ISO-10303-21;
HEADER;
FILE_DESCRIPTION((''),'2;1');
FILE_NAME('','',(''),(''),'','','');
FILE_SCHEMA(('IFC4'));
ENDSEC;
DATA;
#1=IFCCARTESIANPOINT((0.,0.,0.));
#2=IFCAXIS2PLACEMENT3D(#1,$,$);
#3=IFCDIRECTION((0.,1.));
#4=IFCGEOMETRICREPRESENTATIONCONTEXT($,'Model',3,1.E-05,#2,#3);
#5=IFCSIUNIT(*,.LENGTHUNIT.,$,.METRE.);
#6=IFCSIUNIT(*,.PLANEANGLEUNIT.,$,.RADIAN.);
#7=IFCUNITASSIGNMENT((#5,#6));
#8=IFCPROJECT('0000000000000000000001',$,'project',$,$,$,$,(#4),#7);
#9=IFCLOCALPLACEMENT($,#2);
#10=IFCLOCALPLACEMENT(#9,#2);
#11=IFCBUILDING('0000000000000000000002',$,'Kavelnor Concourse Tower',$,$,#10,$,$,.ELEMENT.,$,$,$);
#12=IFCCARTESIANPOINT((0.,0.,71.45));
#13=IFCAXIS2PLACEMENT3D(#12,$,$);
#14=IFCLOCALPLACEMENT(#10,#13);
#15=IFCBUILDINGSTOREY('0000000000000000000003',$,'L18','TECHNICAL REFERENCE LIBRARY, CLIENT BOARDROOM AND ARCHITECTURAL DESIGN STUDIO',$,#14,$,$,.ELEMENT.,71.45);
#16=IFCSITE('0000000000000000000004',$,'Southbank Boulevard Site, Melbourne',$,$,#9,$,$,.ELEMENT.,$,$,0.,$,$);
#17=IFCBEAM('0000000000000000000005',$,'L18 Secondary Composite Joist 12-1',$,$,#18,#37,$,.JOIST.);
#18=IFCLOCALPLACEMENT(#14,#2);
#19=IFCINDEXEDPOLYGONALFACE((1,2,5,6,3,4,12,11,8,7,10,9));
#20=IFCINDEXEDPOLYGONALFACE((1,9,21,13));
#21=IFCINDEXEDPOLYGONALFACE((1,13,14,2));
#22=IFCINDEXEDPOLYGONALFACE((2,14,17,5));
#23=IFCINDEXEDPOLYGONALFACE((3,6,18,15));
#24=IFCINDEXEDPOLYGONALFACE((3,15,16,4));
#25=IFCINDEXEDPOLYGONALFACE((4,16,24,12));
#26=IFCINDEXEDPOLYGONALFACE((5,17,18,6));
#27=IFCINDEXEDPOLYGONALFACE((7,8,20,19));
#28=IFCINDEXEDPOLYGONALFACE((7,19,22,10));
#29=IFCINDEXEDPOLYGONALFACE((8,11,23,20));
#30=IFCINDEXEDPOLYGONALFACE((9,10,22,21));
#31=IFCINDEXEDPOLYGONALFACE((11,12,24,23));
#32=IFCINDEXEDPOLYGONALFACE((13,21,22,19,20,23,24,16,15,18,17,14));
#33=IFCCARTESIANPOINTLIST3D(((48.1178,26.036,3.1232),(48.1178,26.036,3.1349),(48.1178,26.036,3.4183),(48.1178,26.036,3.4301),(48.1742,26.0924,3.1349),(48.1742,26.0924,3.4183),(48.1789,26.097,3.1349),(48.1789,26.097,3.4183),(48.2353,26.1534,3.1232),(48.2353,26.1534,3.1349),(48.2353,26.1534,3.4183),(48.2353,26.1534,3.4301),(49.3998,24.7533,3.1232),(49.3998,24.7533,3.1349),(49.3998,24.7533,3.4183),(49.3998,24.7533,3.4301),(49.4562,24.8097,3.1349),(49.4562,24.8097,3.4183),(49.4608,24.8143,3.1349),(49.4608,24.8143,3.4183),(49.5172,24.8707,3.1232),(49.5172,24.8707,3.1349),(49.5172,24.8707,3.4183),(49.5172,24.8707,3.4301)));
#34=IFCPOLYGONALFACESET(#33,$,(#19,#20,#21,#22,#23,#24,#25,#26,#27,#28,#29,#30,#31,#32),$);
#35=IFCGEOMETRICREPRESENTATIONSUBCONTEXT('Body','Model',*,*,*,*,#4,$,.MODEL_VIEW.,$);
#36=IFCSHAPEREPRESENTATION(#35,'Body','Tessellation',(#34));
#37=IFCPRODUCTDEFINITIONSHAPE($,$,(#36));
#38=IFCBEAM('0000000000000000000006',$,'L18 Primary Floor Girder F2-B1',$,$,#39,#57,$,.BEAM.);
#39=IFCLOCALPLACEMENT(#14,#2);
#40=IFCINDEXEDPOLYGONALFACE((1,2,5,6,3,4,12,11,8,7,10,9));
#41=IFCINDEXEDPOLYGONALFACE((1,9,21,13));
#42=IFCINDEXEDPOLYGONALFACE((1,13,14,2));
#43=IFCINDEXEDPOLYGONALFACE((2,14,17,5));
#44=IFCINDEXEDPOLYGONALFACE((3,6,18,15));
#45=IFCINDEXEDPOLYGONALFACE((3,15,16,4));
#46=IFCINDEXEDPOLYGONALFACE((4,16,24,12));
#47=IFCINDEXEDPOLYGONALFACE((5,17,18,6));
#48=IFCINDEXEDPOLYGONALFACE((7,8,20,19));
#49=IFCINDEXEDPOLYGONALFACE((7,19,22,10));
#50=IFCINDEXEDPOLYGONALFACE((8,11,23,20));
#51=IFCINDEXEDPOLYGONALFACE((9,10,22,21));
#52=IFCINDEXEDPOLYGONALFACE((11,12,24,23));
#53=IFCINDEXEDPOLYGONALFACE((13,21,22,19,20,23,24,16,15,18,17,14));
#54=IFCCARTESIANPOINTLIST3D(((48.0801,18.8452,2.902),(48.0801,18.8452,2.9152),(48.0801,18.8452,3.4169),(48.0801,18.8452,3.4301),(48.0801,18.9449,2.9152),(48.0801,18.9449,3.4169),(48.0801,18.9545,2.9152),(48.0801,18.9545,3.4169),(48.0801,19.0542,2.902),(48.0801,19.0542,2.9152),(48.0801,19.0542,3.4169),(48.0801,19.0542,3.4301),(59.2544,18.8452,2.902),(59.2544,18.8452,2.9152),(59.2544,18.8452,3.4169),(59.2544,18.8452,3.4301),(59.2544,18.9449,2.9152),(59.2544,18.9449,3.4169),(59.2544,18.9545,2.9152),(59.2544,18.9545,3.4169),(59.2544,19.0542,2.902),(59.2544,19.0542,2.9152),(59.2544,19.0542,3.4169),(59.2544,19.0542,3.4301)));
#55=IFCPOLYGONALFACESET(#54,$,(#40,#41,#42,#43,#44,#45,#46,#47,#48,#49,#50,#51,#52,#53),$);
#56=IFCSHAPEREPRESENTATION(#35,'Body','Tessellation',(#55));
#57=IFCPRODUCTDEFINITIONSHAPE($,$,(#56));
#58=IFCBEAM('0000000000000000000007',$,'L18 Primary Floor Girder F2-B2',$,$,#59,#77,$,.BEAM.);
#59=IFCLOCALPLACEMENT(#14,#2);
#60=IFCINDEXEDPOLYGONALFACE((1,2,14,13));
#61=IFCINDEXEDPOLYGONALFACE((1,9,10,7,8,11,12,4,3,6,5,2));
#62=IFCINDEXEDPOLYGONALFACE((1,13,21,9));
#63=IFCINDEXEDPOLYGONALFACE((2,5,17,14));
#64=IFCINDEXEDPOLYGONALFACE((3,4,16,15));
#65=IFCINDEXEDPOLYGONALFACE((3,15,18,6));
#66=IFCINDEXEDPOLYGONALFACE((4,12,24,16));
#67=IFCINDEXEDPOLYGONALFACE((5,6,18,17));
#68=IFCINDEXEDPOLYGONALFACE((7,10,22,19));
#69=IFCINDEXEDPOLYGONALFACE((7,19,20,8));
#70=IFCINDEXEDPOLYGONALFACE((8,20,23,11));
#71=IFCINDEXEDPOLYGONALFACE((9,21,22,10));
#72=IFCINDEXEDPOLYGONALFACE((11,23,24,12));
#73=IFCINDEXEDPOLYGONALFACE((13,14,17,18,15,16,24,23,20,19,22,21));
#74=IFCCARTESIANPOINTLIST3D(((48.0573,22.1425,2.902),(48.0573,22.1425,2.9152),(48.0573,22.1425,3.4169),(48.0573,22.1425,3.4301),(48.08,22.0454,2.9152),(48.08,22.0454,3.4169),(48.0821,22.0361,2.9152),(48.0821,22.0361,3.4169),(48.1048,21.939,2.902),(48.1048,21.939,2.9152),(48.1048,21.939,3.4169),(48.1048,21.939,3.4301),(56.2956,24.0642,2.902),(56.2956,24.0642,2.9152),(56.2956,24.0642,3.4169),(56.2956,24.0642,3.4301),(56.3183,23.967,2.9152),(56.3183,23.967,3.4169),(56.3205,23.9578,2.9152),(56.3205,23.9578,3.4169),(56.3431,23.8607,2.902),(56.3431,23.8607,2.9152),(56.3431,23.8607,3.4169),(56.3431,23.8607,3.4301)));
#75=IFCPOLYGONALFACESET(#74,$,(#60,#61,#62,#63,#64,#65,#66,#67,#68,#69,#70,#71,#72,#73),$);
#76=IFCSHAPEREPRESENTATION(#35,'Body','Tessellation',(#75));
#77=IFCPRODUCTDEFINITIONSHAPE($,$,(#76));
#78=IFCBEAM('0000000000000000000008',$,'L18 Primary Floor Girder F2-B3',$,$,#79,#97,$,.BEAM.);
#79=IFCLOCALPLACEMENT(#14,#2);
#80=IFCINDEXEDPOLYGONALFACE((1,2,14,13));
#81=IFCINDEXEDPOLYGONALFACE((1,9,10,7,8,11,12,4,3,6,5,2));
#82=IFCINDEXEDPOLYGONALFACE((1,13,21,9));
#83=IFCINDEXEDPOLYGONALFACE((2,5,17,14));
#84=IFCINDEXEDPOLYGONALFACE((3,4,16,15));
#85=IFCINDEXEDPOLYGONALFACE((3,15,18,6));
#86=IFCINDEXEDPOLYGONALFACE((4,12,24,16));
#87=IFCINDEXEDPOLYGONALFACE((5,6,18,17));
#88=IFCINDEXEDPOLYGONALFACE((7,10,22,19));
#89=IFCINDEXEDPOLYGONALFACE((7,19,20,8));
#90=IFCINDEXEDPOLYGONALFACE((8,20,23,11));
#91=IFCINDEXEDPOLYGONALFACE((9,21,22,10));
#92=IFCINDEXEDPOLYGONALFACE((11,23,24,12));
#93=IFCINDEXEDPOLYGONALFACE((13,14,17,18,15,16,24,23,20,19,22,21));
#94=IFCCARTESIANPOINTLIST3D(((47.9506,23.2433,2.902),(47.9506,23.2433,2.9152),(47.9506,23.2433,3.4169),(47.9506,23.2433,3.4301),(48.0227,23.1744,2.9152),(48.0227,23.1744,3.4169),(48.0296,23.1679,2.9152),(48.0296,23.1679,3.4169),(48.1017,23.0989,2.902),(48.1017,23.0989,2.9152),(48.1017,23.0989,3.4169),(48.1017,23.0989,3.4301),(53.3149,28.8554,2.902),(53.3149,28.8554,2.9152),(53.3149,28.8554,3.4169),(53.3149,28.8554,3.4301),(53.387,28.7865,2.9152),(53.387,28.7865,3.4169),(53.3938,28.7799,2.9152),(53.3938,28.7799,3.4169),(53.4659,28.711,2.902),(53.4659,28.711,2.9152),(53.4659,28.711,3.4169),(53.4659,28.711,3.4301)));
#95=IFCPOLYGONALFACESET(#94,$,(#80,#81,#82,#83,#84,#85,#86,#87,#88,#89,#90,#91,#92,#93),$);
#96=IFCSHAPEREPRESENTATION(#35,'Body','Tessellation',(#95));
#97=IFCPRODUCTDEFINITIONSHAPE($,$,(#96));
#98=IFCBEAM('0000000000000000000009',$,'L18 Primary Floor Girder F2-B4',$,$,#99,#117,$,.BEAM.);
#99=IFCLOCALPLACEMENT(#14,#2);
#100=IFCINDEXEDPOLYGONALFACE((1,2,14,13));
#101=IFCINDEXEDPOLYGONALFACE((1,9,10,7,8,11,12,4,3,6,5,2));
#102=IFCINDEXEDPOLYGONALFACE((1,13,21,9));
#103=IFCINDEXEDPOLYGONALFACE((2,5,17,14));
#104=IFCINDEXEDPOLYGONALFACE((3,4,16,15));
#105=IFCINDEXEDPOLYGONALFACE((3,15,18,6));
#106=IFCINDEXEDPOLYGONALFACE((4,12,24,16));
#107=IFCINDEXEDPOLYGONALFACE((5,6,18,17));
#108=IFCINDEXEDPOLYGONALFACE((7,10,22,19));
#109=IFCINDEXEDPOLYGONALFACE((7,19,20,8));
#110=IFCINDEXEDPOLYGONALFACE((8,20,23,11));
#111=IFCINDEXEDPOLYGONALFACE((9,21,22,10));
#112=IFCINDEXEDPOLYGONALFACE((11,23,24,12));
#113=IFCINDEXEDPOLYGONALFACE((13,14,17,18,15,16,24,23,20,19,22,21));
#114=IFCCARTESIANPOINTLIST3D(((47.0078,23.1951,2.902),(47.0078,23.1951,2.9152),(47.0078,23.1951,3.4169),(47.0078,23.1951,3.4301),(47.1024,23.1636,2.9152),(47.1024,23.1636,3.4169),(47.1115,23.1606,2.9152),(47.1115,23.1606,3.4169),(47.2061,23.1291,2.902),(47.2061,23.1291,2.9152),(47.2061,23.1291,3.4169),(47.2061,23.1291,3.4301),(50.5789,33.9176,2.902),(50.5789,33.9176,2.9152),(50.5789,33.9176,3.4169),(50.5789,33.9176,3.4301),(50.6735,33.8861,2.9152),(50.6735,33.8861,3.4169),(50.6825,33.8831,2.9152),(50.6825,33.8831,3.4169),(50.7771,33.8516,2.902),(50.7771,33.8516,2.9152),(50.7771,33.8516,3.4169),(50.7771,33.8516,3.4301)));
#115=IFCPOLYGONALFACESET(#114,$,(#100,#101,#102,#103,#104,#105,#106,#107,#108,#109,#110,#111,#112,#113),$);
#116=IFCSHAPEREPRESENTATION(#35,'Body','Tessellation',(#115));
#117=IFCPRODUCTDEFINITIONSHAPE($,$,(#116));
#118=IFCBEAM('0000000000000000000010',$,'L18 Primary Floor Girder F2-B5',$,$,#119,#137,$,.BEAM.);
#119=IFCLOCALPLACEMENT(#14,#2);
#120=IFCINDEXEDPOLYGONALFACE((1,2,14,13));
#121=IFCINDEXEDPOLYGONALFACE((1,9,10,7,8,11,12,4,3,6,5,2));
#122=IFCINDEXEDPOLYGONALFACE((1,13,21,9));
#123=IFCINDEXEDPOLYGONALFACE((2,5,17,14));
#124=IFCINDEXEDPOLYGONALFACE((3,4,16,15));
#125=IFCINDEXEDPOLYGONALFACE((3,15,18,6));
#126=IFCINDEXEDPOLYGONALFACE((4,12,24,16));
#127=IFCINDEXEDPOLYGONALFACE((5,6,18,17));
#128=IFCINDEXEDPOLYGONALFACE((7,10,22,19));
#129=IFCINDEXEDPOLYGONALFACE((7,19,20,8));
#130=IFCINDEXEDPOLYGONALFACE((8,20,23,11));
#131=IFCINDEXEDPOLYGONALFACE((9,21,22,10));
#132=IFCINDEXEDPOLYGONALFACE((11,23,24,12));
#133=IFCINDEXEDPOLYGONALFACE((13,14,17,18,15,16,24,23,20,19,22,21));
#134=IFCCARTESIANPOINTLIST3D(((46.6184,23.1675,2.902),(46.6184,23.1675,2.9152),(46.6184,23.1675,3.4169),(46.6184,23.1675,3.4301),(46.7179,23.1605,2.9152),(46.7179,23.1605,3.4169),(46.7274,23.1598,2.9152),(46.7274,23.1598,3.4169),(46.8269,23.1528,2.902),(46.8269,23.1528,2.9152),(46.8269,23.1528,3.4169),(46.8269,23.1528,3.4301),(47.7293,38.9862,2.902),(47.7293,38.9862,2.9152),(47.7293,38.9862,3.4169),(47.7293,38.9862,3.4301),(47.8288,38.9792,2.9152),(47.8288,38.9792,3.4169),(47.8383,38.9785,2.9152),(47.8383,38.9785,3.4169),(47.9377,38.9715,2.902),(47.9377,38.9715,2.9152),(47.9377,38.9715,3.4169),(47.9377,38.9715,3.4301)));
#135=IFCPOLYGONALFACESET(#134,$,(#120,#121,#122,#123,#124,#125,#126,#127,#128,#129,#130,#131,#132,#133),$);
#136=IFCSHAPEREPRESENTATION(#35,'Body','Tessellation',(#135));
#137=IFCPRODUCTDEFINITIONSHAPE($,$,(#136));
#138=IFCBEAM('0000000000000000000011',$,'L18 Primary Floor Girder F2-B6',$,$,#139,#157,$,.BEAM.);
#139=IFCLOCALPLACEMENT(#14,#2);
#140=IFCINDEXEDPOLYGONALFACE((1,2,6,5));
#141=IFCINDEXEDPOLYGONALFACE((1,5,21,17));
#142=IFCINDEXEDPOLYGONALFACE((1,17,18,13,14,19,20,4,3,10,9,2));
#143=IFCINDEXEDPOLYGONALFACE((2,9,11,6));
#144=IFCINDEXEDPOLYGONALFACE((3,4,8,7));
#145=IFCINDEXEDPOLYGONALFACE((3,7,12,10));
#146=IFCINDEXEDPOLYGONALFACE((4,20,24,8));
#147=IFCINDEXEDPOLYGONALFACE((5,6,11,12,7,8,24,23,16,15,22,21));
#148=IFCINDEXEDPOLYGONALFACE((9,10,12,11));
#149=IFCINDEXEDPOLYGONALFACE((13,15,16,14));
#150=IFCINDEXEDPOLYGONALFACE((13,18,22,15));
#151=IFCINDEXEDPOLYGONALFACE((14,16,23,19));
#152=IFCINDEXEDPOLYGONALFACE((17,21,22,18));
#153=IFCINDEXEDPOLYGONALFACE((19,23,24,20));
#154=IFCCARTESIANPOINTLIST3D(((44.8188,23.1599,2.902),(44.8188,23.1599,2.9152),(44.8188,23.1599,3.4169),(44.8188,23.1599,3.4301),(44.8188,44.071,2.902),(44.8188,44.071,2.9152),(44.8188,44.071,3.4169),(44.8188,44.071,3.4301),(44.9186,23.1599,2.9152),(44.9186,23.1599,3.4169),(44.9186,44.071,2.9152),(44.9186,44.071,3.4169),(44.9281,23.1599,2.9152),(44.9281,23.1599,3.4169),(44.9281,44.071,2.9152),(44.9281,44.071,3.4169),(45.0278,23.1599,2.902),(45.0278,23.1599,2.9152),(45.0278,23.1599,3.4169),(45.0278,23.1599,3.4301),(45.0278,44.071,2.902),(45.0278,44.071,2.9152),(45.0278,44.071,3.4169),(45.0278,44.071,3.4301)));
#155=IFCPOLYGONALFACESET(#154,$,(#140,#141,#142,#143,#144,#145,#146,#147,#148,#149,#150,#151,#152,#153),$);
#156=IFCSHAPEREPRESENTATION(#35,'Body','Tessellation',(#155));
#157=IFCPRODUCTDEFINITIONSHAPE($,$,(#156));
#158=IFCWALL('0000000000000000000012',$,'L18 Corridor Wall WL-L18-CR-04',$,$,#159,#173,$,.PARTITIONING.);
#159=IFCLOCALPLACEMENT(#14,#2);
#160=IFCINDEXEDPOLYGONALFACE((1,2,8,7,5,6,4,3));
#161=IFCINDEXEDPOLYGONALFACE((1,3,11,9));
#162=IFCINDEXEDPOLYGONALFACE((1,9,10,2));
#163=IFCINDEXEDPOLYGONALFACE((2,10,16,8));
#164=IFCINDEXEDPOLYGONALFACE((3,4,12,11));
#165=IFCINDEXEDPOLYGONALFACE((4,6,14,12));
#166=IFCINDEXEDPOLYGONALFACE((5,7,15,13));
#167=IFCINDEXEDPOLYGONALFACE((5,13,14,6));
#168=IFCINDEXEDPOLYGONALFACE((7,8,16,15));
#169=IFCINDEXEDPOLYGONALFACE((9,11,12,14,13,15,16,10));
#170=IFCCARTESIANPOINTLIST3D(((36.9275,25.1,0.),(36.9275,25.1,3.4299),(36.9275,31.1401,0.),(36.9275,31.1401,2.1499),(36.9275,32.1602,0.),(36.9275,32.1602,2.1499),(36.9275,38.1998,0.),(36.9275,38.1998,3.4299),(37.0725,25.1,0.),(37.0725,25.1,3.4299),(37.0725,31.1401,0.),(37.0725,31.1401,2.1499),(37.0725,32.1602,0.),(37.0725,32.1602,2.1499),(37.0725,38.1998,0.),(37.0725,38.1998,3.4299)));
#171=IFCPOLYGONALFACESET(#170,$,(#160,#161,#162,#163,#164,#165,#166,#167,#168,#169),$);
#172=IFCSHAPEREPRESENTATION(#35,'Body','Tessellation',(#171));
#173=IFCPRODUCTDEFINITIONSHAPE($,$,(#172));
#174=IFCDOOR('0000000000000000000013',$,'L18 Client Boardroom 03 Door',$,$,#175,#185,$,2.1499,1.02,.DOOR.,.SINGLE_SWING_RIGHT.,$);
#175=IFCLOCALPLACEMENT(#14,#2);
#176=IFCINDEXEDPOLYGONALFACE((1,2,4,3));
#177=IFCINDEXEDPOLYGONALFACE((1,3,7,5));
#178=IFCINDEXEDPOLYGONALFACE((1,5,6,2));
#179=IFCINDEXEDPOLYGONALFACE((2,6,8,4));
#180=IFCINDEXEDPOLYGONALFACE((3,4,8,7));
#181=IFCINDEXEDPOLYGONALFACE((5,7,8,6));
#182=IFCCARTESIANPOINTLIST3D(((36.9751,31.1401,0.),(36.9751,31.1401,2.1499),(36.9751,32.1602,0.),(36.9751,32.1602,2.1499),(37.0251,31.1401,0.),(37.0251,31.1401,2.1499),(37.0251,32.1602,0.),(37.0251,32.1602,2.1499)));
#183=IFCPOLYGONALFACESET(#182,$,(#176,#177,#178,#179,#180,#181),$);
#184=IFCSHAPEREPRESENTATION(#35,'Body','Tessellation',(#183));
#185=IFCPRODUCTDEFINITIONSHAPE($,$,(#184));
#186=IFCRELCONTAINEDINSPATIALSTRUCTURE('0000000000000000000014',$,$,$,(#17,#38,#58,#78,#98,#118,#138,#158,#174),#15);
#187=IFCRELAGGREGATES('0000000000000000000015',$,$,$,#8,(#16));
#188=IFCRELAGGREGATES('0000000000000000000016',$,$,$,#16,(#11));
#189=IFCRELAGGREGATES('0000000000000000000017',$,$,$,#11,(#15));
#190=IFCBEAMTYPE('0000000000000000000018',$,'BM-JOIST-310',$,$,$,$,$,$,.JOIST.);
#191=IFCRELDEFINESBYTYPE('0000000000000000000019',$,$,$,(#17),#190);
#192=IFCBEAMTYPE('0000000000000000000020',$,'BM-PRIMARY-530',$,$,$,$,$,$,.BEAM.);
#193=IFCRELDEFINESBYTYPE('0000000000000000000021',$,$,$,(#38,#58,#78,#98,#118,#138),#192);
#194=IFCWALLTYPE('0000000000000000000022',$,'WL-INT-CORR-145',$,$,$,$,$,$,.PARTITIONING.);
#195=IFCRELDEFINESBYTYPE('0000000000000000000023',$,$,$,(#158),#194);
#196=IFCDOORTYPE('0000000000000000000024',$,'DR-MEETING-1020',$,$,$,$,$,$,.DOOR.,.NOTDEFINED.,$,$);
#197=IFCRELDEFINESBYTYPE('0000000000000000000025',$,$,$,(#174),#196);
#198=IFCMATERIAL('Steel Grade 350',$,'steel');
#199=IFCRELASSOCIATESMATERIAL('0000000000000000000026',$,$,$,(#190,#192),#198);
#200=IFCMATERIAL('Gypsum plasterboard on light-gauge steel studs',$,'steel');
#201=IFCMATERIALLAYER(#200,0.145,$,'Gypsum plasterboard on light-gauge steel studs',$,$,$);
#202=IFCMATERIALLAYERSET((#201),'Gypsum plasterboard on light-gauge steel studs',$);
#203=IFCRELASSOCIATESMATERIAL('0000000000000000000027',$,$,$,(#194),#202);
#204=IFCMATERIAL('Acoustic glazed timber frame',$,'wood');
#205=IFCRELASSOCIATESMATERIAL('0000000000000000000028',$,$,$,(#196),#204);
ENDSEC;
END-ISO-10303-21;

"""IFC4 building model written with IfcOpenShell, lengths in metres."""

from ifc_helpers import new_model, si_unit, direction, frame, frame_2d, origin, origin_2d, place, context, subcontext, project, spatial, rectangle, i_section, extrude, material, layer, layer_set, material_profile, profile_set, type_object, element, fill, save


model = new_model("IFC4")

# Units and contexts
model_context = context("Model", 3, precision=1e-05, world=origin(), true_north=direction((0.0, 1.0)))
body_context = subcontext(model_context, "Body", "Model", "MODEL_VIEW")
ifc_project = project(units=[si_unit("LENGTHUNIT", "METRE"), si_unit("PLANEANGLEUNIT", "RADIAN")], contexts=[model_context])

# Site, building, storey
site_placement = place(None, origin())
site = spatial("IfcSite", under=ifc_project, at=site_placement, Name="Southbank Boulevard Site, Melbourne", CompositionType="ELEMENT", RefElevation=0.0)
building_placement = place(site_placement, origin())
building = spatial("IfcBuilding", under=site, at=building_placement, Name="Kavelnor Concourse Tower", CompositionType="ELEMENT")
storey_placement = place(building_placement, frame((0.0, 0.0, 71.45)))
storey = spatial("IfcBuildingStorey", under=building, at=storey_placement, Name="L18", Description="TECHNICAL REFERENCE LIBRARY, CLIENT BOARDROOM AND ARCHITECTURAL DESIGN STUDIO", CompositionType="ELEMENT", Elevation=71.45)

# Beams
ifc_material_1 = material(Name="Steel Grade 350", Category="steel")
ifc_material_profile_1 = material_profile(ifc_material_1, i_section(OverallWidth=0.166, OverallDepth=0.3069, WebThickness=0.0066, FlangeThickness=0.0117, at=origin_2d()), Name="310UB46")
ifc_profile_set_1 = profile_set([ifc_material_profile_1], Name="Steel Grade 350")
beam_type_1 = type_object("IfcBeamType", Name="BM-JOIST-310", PredefinedType="JOIST", material=ifc_profile_set_1)
beam_1_placement = place(storey_placement, frame((49.4585, 24.812, 3.2766), z_axis=(-0.706905, 0.707309, 0.0), x_axis=(-0.707309, -0.706905, 0.0)))
element("IfcBeam", 1, at=beam_1_placement, inside=storey, type_object=beam_type_1, Name="L18 Secondary Composite Joist 12-1", PredefinedType="JOIST", context=body_context, shape_type="SweptSolid", body=[
    extrude(i_section(OverallWidth=0.166, OverallDepth=0.3069, WebThickness=0.0066, FlangeThickness=0.0117, at=origin_2d()), origin(), (0.0, 0.0, 1.0), 1.8135),
])
ifc_material_profile_2 = material_profile(ifc_material_1, i_section(OverallWidth=0.209, OverallDepth=0.5281, WebThickness=0.0095, FlangeThickness=0.0132, at=origin_2d()), Name="530UB82")
ifc_profile_set_2 = profile_set([ifc_material_profile_2], Name="Steel Grade 350")
beam_type_2 = type_object("IfcBeamType", Name="BM-PRIMARY-530", PredefinedType="BEAM", material=ifc_profile_set_2)
beam_2_placement = place(storey_placement, frame((48.0801, 18.9497, 3.166), z_axis=(1.0, 0.0, 0.0), x_axis=(0.0, 1.0, 0.0)))
element("IfcBeam", 2, at=beam_2_placement, inside=storey, type_object=beam_type_2, Name="L18 Primary Floor Girder F2-B1", PredefinedType="BEAM", context=body_context, shape_type="SweptSolid", body=[
    extrude(i_section(OverallWidth=0.209, OverallDepth=0.5281, WebThickness=0.0095, FlangeThickness=0.0132, at=origin_2d()), origin(), (0.0, 0.0, 1.0), 11.1743),
])
beam_3_placement = place(storey_placement, frame((48.0811, 22.0408, 3.166), z_axis=(0.973858, 0.227158, 0.0), x_axis=(-0.227158, 0.973858, 0.0)))
element("IfcBeam", 3, at=beam_3_placement, inside=storey, type_object=beam_type_2, Name="L18 Primary Floor Girder F2-B2", PredefinedType="BEAM", context=body_context, shape_type="SweptSolid", body=[
    extrude(i_section(OverallWidth=0.209, OverallDepth=0.5281, WebThickness=0.0095, FlangeThickness=0.0132, at=origin_2d()), origin(), (0.0, 0.0, 1.0), 8.4595),
])
beam_4_placement = place(storey_placement, frame((48.0261, 23.1711, 3.166), z_axis=(0.690967, 0.722886, 0.0), x_axis=(-0.722886, 0.690967, 0.0)))
element("IfcBeam", 4, at=beam_4_placement, inside=storey, type_object=beam_type_2, Name="L18 Primary Floor Girder F2-B3", PredefinedType="BEAM", context=body_context, shape_type="SweptSolid", body=[
    extrude(i_section(OverallWidth=0.209, OverallDepth=0.5281, WebThickness=0.0095, FlangeThickness=0.0132, at=origin_2d()), origin(), (0.0, 0.0, 1.0), 7.7634),
])
beam_5_placement = place(storey_placement, frame((47.1069, 23.1621, 3.166), z_axis=(0.315981, 0.948765, 0.0), x_axis=(-0.948765, 0.315981, 0.0)))
element("IfcBeam", 5, at=beam_5_placement, inside=storey, type_object=beam_type_2, Name="L18 Primary Floor Girder F2-B4", PredefinedType="BEAM", context=body_context, shape_type="SweptSolid", body=[
    extrude(i_section(OverallWidth=0.209, OverallDepth=0.5281, WebThickness=0.0095, FlangeThickness=0.0132, at=origin_2d()), origin(), (0.0, 0.0, 1.0), 11.3015),
])
beam_6_placement = place(storey_placement, frame((46.7227, 23.1602, 3.166), z_axis=(0.070051, 0.997543, 0.0), x_axis=(-0.997543, 0.070051, 0.0)))
element("IfcBeam", 6, at=beam_6_placement, inside=storey, type_object=beam_type_2, Name="L18 Primary Floor Girder F2-B5", PredefinedType="BEAM", context=body_context, shape_type="SweptSolid", body=[
    extrude(i_section(OverallWidth=0.209, OverallDepth=0.5281, WebThickness=0.0095, FlangeThickness=0.0132, at=origin_2d()), origin(), (0.0, 0.0, 1.0), 15.8577),
])
beam_7_placement = place(storey_placement, frame((44.9233, 23.1599, 3.166), z_axis=(0.0, 1.0, 0.0), x_axis=(-1.0, 0.0, 0.0)))
element("IfcBeam", 7, at=beam_7_placement, inside=storey, type_object=beam_type_2, Name="L18 Primary Floor Girder F2-B6", PredefinedType="BEAM", context=body_context, shape_type="SweptSolid", body=[
    extrude(i_section(OverallWidth=0.209, OverallDepth=0.5281, WebThickness=0.0095, FlangeThickness=0.0132, at=origin_2d()), origin(), (0.0, 0.0, 1.0), 20.9111),
])

# Wall, opening, door
ifc_material_2 = material(Name="Gypsum plasterboard on light-gauge steel studs", Category="steel")
ifc_layer_1 = layer(ifc_material_2, 0.145, Name="Gypsum plasterboard on light-gauge steel studs")
ifc_layer_set_1 = layer_set([ifc_layer_1], Name="Gypsum plasterboard on light-gauge steel studs")
wall_type_1 = type_object("IfcWallType", Name="WL-INT-CORR-145", PredefinedType="PARTITIONING", material=ifc_layer_set_1)
wall_1_placement = place(storey_placement, frame((37.0, 25.1001, 0.0), z_axis=(0.0, 0.0, 1.0), x_axis=(0.0, 1.0, 0.0)))
wall_1 = element("IfcWall", 8, at=wall_1_placement, inside=storey, type_object=wall_type_1, Name="L18 Corridor Wall WL-L18-CR-04", PredefinedType="PARTITIONING", context=body_context, shape_type="SweptSolid", body=[
    extrude(rectangle(XDim=13.0999, YDim=0.145, at=frame_2d((6.5498, 0.0))), origin(), (0.0, 0.0, 1.0), 3.4299),
])
opening_1_placement = place(wall_1_placement, frame((6.04, 0.0, 0.0)))
opening_1 = element("IfcOpeningElement", 9, at=opening_1_placement, cuts=wall_1, PredefinedType="OPENING", context=body_context, shape_type="SweptSolid", body=[
    extrude(rectangle(XDim=1.02, YDim=2.1499, at=frame_2d((0.51, 1.075))), frame((0.0, 0.0825, 0.0), z_axis=(0.0, -1.0, 0.0), x_axis=(1.0, 0.0, 0.0)), (0.0, 0.0, 1.0), 0.165),
])
ifc_material_3 = material(Name="Acoustic glazed timber frame", Category="wood")
door_type_1 = type_object("IfcDoorType", Name="DR-MEETING-1020", OperationType="NOTDEFINED", PredefinedType="DOOR", material=ifc_material_3)
door_1_placement = place(opening_1_placement, origin())
door_1 = element("IfcDoor", 10, at=door_1_placement, inside=storey, type_object=door_type_1, Name="L18 Client Boardroom 03 Door", OperationType="SINGLE_SWING_RIGHT", OverallHeight=2.1499, OverallWidth=1.02, PredefinedType="DOOR", context=body_context, shape_type="SweptSolid", body=[
    extrude(rectangle(XDim=1.02, YDim=2.1499, at=frame_2d((0.51, 1.075))), frame((0.0, 0.0249, 0.0), z_axis=(0.0, -1.0, 0.0), x_axis=(1.0, 0.0, 0.0)), (0.0, 0.0, 1.0), 0.05),
])
fill(opening_1, door_1)

save(model, "model.ifc")
